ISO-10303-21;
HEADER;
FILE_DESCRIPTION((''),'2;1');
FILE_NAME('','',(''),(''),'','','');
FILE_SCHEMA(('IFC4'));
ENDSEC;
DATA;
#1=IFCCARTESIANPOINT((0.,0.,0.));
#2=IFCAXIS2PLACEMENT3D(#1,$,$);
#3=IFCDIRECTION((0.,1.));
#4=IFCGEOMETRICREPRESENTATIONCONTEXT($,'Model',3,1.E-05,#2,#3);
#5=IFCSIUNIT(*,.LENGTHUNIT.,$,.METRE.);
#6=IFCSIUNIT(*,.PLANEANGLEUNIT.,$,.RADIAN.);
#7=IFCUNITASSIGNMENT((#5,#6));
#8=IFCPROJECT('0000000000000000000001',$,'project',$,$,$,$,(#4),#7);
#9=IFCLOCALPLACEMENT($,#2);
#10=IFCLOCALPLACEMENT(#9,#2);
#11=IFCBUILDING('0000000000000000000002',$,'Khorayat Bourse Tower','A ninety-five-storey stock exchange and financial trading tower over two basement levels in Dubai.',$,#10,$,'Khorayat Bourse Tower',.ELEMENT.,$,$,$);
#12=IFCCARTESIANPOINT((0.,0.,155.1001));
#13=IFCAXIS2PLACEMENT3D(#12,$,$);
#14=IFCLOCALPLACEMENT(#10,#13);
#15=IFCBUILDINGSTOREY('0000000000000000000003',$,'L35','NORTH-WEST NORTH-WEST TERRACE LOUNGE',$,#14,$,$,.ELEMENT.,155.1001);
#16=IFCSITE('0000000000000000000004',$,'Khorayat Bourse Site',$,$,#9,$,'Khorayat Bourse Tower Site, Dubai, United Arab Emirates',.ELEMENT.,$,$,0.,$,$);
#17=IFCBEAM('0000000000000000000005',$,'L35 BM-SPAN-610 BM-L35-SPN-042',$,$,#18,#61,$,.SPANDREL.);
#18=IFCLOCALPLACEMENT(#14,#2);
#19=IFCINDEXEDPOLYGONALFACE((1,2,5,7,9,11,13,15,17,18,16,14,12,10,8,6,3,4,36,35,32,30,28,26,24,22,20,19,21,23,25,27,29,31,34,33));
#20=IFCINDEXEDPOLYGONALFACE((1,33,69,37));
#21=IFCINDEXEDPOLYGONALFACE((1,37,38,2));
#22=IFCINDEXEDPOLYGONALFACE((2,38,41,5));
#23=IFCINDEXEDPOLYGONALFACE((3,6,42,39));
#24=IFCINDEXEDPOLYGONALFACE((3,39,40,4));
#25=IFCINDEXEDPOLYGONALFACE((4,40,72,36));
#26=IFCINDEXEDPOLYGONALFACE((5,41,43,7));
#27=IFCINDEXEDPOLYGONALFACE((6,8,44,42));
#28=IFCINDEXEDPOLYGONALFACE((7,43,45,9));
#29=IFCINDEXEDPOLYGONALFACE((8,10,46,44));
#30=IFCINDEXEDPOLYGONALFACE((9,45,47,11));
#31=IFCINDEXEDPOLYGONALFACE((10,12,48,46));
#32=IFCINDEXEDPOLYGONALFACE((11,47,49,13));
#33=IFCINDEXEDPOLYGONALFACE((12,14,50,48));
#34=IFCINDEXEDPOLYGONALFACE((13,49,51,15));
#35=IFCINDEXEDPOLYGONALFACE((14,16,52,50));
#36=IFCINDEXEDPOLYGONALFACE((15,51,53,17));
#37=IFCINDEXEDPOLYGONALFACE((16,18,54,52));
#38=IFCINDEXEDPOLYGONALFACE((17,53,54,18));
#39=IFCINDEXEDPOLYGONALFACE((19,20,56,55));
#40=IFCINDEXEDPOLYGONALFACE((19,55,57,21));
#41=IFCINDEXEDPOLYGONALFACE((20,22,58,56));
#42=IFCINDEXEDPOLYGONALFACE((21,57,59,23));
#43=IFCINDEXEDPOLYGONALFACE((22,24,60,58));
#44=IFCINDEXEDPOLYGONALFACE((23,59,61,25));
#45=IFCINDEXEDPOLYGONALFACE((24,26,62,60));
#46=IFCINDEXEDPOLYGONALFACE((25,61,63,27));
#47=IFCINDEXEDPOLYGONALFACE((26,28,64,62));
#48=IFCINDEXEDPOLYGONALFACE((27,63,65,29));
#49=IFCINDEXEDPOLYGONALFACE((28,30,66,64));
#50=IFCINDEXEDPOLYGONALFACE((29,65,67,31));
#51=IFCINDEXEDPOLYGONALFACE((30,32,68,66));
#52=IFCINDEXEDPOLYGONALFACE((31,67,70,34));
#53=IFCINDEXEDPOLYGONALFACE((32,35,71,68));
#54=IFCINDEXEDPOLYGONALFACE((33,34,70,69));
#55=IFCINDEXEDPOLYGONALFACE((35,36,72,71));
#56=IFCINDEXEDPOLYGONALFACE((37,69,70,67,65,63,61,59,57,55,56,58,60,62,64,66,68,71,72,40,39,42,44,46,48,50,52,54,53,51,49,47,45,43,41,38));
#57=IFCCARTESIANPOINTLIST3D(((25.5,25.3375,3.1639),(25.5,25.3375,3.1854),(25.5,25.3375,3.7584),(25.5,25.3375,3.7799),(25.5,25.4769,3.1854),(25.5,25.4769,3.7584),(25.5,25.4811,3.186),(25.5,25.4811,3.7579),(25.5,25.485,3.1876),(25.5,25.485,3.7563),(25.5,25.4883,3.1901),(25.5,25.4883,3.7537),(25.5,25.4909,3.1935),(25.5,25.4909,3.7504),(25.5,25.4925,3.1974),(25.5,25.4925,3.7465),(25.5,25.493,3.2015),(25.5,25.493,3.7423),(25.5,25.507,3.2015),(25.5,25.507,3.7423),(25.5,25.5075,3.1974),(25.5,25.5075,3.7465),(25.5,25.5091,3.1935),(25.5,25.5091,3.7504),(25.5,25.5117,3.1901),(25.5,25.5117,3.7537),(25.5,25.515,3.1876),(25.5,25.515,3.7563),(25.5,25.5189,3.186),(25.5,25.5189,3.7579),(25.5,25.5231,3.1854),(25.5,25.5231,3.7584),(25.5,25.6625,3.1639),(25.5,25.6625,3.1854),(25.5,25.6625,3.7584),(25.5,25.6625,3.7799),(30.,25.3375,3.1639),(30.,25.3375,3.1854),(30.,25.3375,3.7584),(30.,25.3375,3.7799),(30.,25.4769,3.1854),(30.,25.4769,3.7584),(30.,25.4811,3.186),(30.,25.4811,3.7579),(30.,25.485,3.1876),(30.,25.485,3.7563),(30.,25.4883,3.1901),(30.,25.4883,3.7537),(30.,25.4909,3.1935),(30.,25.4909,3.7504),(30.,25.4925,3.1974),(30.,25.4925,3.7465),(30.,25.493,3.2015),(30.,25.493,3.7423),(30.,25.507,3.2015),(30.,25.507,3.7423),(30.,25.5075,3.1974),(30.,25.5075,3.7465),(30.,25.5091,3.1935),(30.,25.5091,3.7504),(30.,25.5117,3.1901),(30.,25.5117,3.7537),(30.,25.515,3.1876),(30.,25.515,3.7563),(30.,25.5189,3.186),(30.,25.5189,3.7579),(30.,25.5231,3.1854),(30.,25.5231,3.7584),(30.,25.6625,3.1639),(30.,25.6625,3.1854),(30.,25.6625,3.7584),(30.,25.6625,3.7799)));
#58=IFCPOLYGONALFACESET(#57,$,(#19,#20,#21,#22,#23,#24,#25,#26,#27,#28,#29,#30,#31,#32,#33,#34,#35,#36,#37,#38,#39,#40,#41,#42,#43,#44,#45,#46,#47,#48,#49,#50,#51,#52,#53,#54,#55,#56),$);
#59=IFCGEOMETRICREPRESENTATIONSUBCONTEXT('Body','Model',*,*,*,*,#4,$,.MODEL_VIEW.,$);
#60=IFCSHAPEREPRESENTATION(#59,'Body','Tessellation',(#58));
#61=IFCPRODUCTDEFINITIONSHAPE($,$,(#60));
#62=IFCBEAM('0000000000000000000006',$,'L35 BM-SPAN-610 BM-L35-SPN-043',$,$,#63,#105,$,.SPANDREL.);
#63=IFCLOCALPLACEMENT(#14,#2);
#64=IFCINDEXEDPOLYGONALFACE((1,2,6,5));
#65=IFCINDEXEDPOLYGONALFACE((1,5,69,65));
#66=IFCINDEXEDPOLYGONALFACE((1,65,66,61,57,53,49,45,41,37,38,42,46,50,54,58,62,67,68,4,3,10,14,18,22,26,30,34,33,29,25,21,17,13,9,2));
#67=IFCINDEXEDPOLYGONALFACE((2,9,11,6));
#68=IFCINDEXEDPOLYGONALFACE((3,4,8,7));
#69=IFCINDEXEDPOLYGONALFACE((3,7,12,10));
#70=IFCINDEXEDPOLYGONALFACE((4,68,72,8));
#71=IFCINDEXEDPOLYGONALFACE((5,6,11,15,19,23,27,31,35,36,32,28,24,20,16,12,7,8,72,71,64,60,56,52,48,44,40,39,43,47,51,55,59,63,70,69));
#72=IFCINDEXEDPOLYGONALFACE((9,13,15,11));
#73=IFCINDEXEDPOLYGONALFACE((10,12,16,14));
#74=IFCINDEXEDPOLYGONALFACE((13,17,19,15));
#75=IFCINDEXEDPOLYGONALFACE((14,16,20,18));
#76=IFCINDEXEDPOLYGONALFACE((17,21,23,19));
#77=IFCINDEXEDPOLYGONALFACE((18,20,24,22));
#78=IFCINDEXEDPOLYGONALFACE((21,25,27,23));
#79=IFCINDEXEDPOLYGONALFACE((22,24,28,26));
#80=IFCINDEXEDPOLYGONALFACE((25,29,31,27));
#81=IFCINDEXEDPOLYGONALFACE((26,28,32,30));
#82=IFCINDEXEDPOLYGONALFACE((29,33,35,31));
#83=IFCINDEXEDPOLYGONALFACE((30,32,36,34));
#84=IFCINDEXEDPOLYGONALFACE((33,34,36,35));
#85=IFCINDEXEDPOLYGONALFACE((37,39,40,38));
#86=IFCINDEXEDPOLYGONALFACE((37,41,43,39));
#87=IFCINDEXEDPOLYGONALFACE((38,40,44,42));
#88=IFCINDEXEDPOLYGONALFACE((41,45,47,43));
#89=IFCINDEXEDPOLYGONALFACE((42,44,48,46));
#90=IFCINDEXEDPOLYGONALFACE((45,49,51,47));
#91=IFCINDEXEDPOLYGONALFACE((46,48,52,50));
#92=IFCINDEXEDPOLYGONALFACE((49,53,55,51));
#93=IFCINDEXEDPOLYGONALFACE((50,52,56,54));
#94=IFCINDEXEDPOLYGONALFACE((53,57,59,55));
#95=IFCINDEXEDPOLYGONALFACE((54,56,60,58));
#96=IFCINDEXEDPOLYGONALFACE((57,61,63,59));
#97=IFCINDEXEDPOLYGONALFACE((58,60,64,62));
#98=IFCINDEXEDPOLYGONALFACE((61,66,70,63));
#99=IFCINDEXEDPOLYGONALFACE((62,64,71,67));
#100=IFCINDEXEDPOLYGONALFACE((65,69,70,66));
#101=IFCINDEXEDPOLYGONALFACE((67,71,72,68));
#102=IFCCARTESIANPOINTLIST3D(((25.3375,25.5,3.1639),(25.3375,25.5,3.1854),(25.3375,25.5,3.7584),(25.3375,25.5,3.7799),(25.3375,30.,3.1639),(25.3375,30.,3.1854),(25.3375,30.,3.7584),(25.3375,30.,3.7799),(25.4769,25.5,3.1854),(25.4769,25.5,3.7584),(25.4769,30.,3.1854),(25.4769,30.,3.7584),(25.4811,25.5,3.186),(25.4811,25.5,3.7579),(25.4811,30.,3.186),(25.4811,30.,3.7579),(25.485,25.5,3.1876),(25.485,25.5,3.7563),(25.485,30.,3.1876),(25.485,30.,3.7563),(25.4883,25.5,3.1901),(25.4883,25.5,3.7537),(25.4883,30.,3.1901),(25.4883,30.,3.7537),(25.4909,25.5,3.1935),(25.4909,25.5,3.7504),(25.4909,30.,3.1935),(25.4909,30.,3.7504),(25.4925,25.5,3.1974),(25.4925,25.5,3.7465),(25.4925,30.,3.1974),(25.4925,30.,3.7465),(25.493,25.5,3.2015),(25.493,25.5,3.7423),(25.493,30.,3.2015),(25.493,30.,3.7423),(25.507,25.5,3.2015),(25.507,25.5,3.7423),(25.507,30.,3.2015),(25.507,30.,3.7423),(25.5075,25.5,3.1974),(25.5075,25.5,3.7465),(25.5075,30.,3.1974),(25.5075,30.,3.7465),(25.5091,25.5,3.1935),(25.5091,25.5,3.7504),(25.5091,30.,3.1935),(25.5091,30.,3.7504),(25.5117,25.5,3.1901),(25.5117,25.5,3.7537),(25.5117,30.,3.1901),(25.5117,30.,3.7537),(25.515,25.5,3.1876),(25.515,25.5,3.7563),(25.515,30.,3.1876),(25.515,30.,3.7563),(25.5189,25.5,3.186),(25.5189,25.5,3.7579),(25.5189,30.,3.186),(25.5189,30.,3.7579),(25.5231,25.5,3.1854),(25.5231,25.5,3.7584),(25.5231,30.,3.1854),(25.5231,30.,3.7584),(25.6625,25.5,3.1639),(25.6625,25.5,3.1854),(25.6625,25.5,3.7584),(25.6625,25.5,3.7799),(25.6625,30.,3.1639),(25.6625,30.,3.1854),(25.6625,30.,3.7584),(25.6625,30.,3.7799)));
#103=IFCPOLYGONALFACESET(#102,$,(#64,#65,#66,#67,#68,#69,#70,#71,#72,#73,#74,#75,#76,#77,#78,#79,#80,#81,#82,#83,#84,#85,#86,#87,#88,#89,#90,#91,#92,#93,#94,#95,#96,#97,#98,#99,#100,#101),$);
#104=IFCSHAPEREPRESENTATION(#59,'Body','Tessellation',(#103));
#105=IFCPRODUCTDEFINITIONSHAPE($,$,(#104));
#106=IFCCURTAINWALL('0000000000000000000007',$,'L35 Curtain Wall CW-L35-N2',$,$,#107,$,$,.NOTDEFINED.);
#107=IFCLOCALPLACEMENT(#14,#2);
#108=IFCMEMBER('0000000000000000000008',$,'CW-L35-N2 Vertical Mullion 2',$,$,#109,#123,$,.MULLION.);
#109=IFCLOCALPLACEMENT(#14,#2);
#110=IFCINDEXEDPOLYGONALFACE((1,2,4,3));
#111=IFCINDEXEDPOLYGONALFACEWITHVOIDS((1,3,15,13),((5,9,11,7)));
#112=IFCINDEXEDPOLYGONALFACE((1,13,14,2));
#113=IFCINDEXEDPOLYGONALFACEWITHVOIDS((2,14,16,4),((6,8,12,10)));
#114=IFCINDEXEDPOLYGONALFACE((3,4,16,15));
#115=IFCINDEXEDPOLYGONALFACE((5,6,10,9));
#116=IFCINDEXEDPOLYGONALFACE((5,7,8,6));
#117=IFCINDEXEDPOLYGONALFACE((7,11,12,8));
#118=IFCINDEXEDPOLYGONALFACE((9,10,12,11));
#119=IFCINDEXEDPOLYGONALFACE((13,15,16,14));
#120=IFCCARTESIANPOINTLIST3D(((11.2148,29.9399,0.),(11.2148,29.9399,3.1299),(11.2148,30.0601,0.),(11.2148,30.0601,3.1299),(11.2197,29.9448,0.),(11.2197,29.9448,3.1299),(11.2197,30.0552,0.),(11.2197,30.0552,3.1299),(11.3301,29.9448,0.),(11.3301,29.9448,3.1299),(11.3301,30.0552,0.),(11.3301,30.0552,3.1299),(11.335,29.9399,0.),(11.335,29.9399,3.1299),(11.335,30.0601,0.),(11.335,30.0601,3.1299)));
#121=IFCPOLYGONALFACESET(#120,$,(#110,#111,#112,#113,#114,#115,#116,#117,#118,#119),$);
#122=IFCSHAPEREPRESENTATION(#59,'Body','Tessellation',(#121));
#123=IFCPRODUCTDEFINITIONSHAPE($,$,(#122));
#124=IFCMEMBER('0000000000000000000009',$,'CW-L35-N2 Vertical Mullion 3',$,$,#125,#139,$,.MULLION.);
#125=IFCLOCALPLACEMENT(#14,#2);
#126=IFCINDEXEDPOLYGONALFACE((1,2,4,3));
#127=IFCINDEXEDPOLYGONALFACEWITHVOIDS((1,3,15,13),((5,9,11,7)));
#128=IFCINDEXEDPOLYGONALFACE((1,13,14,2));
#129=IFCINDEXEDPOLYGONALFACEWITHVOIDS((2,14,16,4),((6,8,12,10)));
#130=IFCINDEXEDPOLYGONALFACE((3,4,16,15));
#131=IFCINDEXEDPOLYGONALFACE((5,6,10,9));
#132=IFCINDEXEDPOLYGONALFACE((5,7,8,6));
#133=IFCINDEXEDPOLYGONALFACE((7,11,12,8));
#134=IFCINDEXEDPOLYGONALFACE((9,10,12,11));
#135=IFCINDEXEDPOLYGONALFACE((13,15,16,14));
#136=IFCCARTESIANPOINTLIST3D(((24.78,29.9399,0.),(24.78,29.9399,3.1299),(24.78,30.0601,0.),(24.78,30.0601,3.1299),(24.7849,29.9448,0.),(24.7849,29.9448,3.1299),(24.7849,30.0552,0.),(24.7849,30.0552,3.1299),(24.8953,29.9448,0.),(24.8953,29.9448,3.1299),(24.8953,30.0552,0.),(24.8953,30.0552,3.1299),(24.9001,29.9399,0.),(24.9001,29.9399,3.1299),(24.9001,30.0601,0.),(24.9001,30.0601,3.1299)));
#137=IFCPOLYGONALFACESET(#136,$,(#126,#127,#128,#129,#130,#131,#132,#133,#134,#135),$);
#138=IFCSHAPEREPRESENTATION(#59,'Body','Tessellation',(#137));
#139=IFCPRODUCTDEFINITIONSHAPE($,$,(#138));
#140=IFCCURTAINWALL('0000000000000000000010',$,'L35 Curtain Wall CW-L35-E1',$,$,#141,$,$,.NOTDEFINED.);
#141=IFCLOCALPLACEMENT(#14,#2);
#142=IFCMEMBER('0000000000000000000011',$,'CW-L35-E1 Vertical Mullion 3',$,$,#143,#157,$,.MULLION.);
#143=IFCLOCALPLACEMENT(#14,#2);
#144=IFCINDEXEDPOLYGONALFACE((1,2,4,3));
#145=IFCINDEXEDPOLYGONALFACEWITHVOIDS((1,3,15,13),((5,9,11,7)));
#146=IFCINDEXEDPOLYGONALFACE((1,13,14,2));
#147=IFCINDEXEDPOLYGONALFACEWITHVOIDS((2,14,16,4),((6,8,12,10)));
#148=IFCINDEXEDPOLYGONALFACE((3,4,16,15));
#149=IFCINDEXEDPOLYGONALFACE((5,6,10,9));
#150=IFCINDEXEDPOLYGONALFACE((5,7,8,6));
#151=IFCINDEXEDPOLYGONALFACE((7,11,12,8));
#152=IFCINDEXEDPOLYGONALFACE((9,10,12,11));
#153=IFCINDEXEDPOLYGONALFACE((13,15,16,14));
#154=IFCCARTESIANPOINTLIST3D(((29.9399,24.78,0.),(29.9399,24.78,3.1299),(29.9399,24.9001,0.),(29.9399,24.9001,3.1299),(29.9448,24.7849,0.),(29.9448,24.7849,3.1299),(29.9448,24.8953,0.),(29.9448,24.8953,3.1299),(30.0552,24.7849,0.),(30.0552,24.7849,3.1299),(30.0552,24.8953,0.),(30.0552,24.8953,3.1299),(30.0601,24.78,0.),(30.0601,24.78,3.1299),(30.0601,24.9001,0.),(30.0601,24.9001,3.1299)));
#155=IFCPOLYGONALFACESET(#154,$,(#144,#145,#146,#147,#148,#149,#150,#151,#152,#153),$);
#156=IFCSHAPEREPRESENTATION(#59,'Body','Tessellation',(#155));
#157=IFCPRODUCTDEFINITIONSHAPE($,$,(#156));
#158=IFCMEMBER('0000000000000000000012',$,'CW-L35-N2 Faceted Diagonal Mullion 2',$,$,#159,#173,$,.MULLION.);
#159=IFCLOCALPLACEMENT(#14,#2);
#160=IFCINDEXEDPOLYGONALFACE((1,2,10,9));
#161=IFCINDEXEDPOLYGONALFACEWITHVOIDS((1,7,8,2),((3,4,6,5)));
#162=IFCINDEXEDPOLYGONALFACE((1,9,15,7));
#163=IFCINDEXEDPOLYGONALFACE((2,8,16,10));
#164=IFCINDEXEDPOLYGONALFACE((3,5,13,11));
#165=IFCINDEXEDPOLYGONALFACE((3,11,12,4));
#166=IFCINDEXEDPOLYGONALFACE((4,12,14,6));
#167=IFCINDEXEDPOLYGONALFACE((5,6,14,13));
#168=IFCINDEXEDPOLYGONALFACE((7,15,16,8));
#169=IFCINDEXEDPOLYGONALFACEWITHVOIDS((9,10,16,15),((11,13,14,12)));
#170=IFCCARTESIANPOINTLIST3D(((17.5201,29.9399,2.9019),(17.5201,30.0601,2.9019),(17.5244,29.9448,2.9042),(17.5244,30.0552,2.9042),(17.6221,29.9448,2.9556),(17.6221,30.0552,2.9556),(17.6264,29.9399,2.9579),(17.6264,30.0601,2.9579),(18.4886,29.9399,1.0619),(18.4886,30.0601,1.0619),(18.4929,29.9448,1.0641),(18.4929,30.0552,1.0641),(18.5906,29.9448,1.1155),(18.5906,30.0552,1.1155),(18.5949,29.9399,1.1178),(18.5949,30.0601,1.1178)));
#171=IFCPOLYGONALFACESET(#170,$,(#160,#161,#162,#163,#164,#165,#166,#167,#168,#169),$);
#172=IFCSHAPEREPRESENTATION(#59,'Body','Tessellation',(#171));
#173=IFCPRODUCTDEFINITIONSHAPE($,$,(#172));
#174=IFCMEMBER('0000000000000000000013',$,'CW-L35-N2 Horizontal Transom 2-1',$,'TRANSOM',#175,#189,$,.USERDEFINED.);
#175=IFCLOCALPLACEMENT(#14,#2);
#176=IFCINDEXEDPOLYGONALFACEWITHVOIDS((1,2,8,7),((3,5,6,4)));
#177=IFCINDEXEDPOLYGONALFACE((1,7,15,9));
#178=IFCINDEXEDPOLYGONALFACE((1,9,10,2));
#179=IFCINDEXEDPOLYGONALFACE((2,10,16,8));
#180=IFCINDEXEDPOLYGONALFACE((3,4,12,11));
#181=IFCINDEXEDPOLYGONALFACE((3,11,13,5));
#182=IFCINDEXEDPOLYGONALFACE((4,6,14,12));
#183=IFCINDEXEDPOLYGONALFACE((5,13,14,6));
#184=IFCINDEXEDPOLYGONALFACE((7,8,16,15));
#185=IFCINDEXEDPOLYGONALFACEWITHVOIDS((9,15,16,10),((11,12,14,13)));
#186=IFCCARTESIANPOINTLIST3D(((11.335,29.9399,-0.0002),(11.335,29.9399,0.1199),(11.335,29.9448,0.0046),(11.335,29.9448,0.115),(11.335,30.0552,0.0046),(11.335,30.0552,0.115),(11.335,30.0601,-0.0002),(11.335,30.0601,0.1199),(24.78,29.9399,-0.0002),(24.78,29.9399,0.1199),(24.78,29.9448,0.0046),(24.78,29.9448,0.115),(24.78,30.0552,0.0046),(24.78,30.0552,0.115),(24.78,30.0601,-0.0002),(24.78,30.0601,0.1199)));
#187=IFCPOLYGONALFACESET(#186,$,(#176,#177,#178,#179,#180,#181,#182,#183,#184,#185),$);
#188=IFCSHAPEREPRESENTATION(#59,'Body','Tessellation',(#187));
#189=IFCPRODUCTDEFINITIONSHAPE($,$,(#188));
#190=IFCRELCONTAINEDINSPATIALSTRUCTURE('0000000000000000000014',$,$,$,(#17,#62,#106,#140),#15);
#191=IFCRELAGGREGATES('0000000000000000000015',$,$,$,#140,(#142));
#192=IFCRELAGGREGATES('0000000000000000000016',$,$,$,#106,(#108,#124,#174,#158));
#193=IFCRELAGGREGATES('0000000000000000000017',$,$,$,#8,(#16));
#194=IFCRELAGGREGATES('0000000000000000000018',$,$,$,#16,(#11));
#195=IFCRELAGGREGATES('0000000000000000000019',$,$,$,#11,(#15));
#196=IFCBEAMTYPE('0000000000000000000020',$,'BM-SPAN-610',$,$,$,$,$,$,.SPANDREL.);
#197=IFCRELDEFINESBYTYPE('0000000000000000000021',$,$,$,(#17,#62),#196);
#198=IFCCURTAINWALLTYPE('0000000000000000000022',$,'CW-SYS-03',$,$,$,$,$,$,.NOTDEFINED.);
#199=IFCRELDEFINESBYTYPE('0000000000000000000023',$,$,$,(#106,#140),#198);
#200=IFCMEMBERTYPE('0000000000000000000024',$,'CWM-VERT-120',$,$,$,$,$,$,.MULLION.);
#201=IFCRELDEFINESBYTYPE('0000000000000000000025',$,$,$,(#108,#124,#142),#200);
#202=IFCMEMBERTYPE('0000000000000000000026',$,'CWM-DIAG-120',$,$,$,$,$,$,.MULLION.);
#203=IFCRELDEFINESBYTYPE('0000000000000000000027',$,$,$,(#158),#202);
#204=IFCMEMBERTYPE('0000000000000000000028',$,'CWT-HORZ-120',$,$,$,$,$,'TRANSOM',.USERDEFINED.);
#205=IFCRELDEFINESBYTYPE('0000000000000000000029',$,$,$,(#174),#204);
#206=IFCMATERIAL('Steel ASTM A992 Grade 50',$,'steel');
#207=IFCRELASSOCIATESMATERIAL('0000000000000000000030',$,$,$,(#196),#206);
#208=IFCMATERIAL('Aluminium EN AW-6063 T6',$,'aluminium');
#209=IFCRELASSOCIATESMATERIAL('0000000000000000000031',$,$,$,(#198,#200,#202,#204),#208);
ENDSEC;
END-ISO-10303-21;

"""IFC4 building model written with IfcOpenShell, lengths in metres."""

from ifc_helpers import new_model, si_unit, direction, frame, origin, origin_2d, place, context, subcontext, project, spatial, hollow_rectangle, i_section, extrude, source, transform, mapped, material, material_profile, profile_set, type_object, element, aggregate, save


model = new_model("IFC4")

# Units and contexts
model_context = context("Model", 3, precision=1e-05, world=origin(), true_north=direction((0.0, 1.0)))
body_context = subcontext(model_context, "Body", "Model", "MODEL_VIEW")
ifc_project = project(units=[si_unit("LENGTHUNIT", "METRE"), si_unit("PLANEANGLEUNIT", "RADIAN")], contexts=[model_context])

# Site, building, storey
site_placement = place(None, origin())
site = spatial("IfcSite", under=ifc_project, at=site_placement, Name="Khorayat Bourse Site", LongName="Khorayat Bourse Tower Site, Dubai, United Arab Emirates", CompositionType="ELEMENT", RefElevation=0.0)
building_placement = place(site_placement, origin())
building = spatial("IfcBuilding", under=site, at=building_placement, Name="Khorayat Bourse Tower", Description="A ninety-five-storey stock exchange and financial trading tower over two basement levels in Dubai.", LongName="Khorayat Bourse Tower", CompositionType="ELEMENT")
storey_placement = place(building_placement, frame((0.0, 0.0, 155.1001)))
storey = spatial("IfcBuildingStorey", under=building, at=storey_placement, Name="L35", Description="NORTH-WEST NORTH-WEST TERRACE LOUNGE", CompositionType="ELEMENT", Elevation=155.1001)

# Beams
ifc_material_1 = material(Name="Steel ASTM A992 Grade 50", Category="steel")
ifc_material_profile_1 = material_profile(ifc_material_1, i_section(OverallWidth=0.325, OverallDepth=0.616, WebThickness=0.0139, FlangeThickness=0.0215, FilletRadius=0.0161, at=origin_2d()), Name="W610X174")
ifc_profile_set_1 = profile_set([ifc_material_profile_1], Name="Steel ASTM A992 Grade 50")
beam_type_1 = type_object("IfcBeamType", Name="BM-SPAN-610", PredefinedType="SPANDREL", material=ifc_profile_set_1)
shared_shape_1 = source(origin(), body_context, "Body", "SweptSolid", [
    extrude(i_section(OverallWidth=0.325, OverallDepth=0.616, WebThickness=0.0139, FlangeThickness=0.0215, FilletRadius=0.0161, at=origin_2d()), origin(), (0.0, 0.0, 1.0), 4.5),
])
for number, where, z_axis, x_axis, name in (
    (1, (25.5, 25.5, 3.4719), (1.0, 0.0, 0.0), (0.0, 1.0, 0.0), "L35 BM-SPAN-610 BM-L35-SPN-042"),
    (2, (25.5, 25.5, 3.4719), (0.0, 1.0, 0.0), (-1.0, 0.0, 0.0), "L35 BM-SPAN-610 BM-L35-SPN-043"),
):
    element("IfcBeam", number, at=place(storey_placement, frame(where, z_axis=z_axis, x_axis=x_axis)), inside=storey, type_object=beam_type_1, Name=name, PredefinedType="SPANDREL", context=body_context, shape_type="MappedRepresentation", body=[
        mapped(shared_shape_1, transform((0.0, 0.0, 0.0), scale=1.0)),
    ])

# Curtain wall, members
ifc_material_2 = material(Name="Aluminium EN AW-6063 T6", Category="aluminium")
curtain_wall_type = type_object("IfcCurtainWallType", Name="CW-SYS-03", PredefinedType="NOTDEFINED", material=ifc_material_2)
curtain_wall_1_placement = place(storey_placement, origin())
curtain_wall_1 = element("IfcCurtainWall", 3, at=curtain_wall_1_placement, inside=storey, type_object=curtain_wall_type, Name="L35 Curtain Wall CW-L35-N2", PredefinedType="NOTDEFINED")
ifc_material_profile_2 = material_profile(ifc_material_2, hollow_rectangle(XDim=0.1201, YDim=0.1201, WallThickness=0.0049, at=origin_2d()), Name="ALU 120x120x5")
ifc_profile_set_2 = profile_set([ifc_material_profile_2], Name="Aluminium EN AW-6063 T6")
member_type_1 = type_object("IfcMemberType", Name="CWM-VERT-120", PredefinedType="MULLION", material=ifc_profile_set_2)
shared_shape_2 = source(origin(), body_context, "Body", "SweptSolid", [
    extrude(hollow_rectangle(XDim=0.1201, YDim=0.1201, WallThickness=0.0049, at=origin_2d()), origin(), (0.0, 0.0, 1.0), 3.1299),
])
member_1_placement = place(storey_placement, frame((11.2749, 30.0, 0.0), z_axis=(0.0, 0.0, 1.0), x_axis=(0.0, 1.0, 0.0)))
member_1 = element("IfcMember", 4, at=member_1_placement, type_object=member_type_1, Name="CW-L35-N2 Vertical Mullion 2", PredefinedType="MULLION", context=body_context, shape_type="MappedRepresentation", body=[
    mapped(shared_shape_2, transform((0.0, 0.0, 0.0), scale=1.0)),
])
member_2_placement = place(storey_placement, frame((24.8401, 30.0, 0.0), z_axis=(0.0, 0.0, 1.0), x_axis=(0.0, 1.0, 0.0)))
member_2 = element("IfcMember", 5, at=member_2_placement, type_object=member_type_1, Name="CW-L35-N2 Vertical Mullion 3", PredefinedType="MULLION", context=body_context, shape_type="MappedRepresentation", body=[
    mapped(shared_shape_2, transform((0.0, 0.0, 0.0), scale=1.0)),
])

# Curtain wall, member
curtain_wall_2_placement = place(storey_placement, origin())
curtain_wall_2 = element("IfcCurtainWall", 6, at=curtain_wall_2_placement, inside=storey, type_object=curtain_wall_type, Name="L35 Curtain Wall CW-L35-E1", PredefinedType="NOTDEFINED")
member_3_placement = place(storey_placement, frame((30.0, 24.8401, 0.0), z_axis=(0.0, 0.0, 1.0), x_axis=(-1.0, 0.0, 0.0)))
member_3 = element("IfcMember", 7, at=member_3_placement, type_object=member_type_1, Name="CW-L35-E1 Vertical Mullion 3", PredefinedType="MULLION", context=body_context, shape_type="MappedRepresentation", body=[
    mapped(shared_shape_2, transform((0.0, 0.0, 0.0), scale=1.0)),
])
aggregate(curtain_wall_2, [member_3])

# Members
ifc_material_profile_3 = material_profile(ifc_material_2, hollow_rectangle(XDim=0.1201, YDim=0.1201, WallThickness=0.0049, at=origin_2d()), Name="ALU 120x120x5")
ifc_profile_set_3 = profile_set([ifc_material_profile_3], Name="Aluminium EN AW-6063 T6")
member_type_2 = type_object("IfcMemberType", Name="CWM-DIAG-120", PredefinedType="MULLION", material=ifc_profile_set_3)
shared_shape_3 = source(origin(), body_context, "Body", "SweptSolid", [
    extrude(hollow_rectangle(XDim=0.1201, YDim=0.1201, WallThickness=0.0049, at=origin_2d()), origin(), (0.0, 0.0, 1.0), 2.0793),
])
member_4_placement = place(storey_placement, frame((18.5417, 30.0, 1.0898), z_axis=(-0.465761, 0.0, 0.884911), x_axis=(0.0, -1.0, 0.0)))
member_4 = element("IfcMember", 8, at=member_4_placement, type_object=member_type_2, Name="CW-L35-N2 Faceted Diagonal Mullion 2", PredefinedType="MULLION", context=body_context, shape_type="MappedRepresentation", body=[
    mapped(shared_shape_3, transform((0.0, 0.0, 0.0), scale=1.0)),
])
ifc_material_profile_4 = material_profile(ifc_material_2, hollow_rectangle(XDim=0.1201, YDim=0.1201, WallThickness=0.0049, at=origin_2d()), Name="ALU 120x120x5")
ifc_profile_set_4 = profile_set([ifc_material_profile_4], Name="Aluminium EN AW-6063 T6")
member_type_3 = type_object("IfcMemberType", Name="CWT-HORZ-120", ElementType="TRANSOM", PredefinedType="USERDEFINED", material=ifc_profile_set_4)
shared_shape_4 = source(origin(), body_context, "Body", "SweptSolid", [
    extrude(hollow_rectangle(XDim=0.1201, YDim=0.1201, WallThickness=0.0049, at=origin_2d()), origin(), (0.0, 0.0, 1.0), 13.4451),
])
member_5_placement = place(storey_placement, frame((11.335, 30.0, 0.0598), z_axis=(1.0, 0.0, 0.0), x_axis=(0.0, 1.0, 0.0)))
member_5 = element("IfcMember", 9, at=member_5_placement, type_object=member_type_3, Name="CW-L35-N2 Horizontal Transom 2-1", ObjectType="TRANSOM", PredefinedType="USERDEFINED", context=body_context, shape_type="MappedRepresentation", body=[
    mapped(shared_shape_4, transform((0.0, 0.0, 0.0), scale=1.0)),
])

aggregate(curtain_wall_1, [member_1, member_2, member_5, member_4])

save(model, "model.ifc")
